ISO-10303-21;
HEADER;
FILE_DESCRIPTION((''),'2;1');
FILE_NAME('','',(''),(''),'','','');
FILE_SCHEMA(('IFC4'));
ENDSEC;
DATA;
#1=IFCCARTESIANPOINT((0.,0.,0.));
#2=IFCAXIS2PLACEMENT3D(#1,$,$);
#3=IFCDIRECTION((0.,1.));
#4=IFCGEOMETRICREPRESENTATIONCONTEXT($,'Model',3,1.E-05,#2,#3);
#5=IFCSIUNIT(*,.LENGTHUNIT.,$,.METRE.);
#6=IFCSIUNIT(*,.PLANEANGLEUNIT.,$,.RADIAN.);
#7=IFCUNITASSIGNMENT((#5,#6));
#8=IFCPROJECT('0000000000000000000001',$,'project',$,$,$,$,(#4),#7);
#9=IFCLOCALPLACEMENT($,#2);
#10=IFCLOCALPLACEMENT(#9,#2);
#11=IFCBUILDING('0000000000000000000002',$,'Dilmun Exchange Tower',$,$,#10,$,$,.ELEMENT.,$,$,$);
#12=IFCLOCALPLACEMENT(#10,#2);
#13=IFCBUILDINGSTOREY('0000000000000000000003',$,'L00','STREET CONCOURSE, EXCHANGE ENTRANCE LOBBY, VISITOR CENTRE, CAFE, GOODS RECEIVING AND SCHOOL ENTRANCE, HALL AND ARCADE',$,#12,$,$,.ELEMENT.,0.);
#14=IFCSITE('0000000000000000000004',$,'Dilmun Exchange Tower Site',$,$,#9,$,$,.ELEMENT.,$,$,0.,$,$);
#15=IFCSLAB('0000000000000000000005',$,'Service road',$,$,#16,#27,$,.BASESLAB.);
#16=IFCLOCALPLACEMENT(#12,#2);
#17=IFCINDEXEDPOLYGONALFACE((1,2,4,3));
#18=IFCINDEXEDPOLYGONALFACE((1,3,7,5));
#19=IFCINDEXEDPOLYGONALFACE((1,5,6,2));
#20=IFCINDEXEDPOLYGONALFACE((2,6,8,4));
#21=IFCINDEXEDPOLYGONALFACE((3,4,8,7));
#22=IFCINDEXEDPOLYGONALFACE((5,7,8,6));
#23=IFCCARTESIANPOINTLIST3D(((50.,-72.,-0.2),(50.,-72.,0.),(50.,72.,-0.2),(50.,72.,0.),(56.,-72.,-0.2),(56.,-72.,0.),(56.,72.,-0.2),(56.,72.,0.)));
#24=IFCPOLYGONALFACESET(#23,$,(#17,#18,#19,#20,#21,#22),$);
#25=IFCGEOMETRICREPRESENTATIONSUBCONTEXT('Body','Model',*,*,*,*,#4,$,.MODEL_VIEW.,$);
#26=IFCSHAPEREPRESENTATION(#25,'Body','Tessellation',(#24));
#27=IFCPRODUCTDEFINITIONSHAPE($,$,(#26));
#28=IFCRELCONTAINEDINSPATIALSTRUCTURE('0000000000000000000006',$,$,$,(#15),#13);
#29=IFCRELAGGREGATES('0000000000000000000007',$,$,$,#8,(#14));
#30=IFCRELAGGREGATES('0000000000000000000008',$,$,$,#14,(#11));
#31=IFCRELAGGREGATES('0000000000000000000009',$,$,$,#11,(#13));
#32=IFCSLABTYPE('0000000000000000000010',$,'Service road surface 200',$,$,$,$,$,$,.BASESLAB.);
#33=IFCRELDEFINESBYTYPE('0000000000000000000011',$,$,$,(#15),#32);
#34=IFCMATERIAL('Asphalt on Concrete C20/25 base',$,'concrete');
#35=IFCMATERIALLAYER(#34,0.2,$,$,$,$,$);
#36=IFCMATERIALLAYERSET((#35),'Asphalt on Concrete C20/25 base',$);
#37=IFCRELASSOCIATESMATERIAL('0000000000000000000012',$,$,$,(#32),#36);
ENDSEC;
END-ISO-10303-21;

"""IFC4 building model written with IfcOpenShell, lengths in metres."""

from ifc_helpers import new_model, si_unit, direction, frame, origin, place, context, subcontext, project, spatial, polyline, outline, extrude, material, layer, layer_set, type_object, element, save


model = new_model("IFC4")

# Units and contexts
model_context = context("Model", 3, precision=1e-05, world=origin(), true_north=direction((0.0, 1.0)))
body_context = subcontext(model_context, "Body", "Model", "MODEL_VIEW")
ifc_project = project(units=[si_unit("LENGTHUNIT", "METRE"), si_unit("PLANEANGLEUNIT", "RADIAN")], contexts=[model_context])

# Site, building, storey
site_placement = place(None, origin())
site = spatial("IfcSite", under=ifc_project, at=site_placement, Name="Dilmun Exchange Tower Site", CompositionType="ELEMENT", RefElevation=0.0)
building_placement = place(site_placement, origin())
building = spatial("IfcBuilding", under=site, at=building_placement, Name="Dilmun Exchange Tower", CompositionType="ELEMENT")
storey_placement = place(building_placement, origin())
storey = spatial("IfcBuildingStorey", under=building, at=storey_placement, Name="L00", Description="STREET CONCOURSE, EXCHANGE ENTRANCE LOBBY, VISITOR CENTRE, CAFE, GOODS RECEIVING AND SCHOOL ENTRANCE, HALL AND ARCADE", CompositionType="ELEMENT", Elevation=0.0)

# Shared definitions
ifc_material_1 = material(Name="Asphalt on Concrete C20/25 base", Category="concrete")

# Slab
ifc_layer_1 = layer(ifc_material_1, 0.2)
ifc_layer_set_1 = layer_set([ifc_layer_1], Name="Asphalt on Concrete C20/25 base")
slab_type_1 = type_object("IfcSlabType", Name="Service road surface 200", PredefinedType="BASESLAB", material=ifc_layer_set_1)
slab_1_placement = place(storey_placement, frame((0.0, 0.0, -0.2)))
element("IfcSlab", 1, at=slab_1_placement, inside=storey, type_object=slab_type_1, Name="Service road", PredefinedType="BASESLAB", context=body_context, shape_type="SweptSolid", body=[
    extrude(outline(polyline([(50.0, -72.0), (50.0, 72.0), (56.0, 72.0), (56.0, -72.0), (50.0, -72.0)])), origin(), (0.0, 0.0, 1.0), 0.2),
])

save(model, "model.ifc")
